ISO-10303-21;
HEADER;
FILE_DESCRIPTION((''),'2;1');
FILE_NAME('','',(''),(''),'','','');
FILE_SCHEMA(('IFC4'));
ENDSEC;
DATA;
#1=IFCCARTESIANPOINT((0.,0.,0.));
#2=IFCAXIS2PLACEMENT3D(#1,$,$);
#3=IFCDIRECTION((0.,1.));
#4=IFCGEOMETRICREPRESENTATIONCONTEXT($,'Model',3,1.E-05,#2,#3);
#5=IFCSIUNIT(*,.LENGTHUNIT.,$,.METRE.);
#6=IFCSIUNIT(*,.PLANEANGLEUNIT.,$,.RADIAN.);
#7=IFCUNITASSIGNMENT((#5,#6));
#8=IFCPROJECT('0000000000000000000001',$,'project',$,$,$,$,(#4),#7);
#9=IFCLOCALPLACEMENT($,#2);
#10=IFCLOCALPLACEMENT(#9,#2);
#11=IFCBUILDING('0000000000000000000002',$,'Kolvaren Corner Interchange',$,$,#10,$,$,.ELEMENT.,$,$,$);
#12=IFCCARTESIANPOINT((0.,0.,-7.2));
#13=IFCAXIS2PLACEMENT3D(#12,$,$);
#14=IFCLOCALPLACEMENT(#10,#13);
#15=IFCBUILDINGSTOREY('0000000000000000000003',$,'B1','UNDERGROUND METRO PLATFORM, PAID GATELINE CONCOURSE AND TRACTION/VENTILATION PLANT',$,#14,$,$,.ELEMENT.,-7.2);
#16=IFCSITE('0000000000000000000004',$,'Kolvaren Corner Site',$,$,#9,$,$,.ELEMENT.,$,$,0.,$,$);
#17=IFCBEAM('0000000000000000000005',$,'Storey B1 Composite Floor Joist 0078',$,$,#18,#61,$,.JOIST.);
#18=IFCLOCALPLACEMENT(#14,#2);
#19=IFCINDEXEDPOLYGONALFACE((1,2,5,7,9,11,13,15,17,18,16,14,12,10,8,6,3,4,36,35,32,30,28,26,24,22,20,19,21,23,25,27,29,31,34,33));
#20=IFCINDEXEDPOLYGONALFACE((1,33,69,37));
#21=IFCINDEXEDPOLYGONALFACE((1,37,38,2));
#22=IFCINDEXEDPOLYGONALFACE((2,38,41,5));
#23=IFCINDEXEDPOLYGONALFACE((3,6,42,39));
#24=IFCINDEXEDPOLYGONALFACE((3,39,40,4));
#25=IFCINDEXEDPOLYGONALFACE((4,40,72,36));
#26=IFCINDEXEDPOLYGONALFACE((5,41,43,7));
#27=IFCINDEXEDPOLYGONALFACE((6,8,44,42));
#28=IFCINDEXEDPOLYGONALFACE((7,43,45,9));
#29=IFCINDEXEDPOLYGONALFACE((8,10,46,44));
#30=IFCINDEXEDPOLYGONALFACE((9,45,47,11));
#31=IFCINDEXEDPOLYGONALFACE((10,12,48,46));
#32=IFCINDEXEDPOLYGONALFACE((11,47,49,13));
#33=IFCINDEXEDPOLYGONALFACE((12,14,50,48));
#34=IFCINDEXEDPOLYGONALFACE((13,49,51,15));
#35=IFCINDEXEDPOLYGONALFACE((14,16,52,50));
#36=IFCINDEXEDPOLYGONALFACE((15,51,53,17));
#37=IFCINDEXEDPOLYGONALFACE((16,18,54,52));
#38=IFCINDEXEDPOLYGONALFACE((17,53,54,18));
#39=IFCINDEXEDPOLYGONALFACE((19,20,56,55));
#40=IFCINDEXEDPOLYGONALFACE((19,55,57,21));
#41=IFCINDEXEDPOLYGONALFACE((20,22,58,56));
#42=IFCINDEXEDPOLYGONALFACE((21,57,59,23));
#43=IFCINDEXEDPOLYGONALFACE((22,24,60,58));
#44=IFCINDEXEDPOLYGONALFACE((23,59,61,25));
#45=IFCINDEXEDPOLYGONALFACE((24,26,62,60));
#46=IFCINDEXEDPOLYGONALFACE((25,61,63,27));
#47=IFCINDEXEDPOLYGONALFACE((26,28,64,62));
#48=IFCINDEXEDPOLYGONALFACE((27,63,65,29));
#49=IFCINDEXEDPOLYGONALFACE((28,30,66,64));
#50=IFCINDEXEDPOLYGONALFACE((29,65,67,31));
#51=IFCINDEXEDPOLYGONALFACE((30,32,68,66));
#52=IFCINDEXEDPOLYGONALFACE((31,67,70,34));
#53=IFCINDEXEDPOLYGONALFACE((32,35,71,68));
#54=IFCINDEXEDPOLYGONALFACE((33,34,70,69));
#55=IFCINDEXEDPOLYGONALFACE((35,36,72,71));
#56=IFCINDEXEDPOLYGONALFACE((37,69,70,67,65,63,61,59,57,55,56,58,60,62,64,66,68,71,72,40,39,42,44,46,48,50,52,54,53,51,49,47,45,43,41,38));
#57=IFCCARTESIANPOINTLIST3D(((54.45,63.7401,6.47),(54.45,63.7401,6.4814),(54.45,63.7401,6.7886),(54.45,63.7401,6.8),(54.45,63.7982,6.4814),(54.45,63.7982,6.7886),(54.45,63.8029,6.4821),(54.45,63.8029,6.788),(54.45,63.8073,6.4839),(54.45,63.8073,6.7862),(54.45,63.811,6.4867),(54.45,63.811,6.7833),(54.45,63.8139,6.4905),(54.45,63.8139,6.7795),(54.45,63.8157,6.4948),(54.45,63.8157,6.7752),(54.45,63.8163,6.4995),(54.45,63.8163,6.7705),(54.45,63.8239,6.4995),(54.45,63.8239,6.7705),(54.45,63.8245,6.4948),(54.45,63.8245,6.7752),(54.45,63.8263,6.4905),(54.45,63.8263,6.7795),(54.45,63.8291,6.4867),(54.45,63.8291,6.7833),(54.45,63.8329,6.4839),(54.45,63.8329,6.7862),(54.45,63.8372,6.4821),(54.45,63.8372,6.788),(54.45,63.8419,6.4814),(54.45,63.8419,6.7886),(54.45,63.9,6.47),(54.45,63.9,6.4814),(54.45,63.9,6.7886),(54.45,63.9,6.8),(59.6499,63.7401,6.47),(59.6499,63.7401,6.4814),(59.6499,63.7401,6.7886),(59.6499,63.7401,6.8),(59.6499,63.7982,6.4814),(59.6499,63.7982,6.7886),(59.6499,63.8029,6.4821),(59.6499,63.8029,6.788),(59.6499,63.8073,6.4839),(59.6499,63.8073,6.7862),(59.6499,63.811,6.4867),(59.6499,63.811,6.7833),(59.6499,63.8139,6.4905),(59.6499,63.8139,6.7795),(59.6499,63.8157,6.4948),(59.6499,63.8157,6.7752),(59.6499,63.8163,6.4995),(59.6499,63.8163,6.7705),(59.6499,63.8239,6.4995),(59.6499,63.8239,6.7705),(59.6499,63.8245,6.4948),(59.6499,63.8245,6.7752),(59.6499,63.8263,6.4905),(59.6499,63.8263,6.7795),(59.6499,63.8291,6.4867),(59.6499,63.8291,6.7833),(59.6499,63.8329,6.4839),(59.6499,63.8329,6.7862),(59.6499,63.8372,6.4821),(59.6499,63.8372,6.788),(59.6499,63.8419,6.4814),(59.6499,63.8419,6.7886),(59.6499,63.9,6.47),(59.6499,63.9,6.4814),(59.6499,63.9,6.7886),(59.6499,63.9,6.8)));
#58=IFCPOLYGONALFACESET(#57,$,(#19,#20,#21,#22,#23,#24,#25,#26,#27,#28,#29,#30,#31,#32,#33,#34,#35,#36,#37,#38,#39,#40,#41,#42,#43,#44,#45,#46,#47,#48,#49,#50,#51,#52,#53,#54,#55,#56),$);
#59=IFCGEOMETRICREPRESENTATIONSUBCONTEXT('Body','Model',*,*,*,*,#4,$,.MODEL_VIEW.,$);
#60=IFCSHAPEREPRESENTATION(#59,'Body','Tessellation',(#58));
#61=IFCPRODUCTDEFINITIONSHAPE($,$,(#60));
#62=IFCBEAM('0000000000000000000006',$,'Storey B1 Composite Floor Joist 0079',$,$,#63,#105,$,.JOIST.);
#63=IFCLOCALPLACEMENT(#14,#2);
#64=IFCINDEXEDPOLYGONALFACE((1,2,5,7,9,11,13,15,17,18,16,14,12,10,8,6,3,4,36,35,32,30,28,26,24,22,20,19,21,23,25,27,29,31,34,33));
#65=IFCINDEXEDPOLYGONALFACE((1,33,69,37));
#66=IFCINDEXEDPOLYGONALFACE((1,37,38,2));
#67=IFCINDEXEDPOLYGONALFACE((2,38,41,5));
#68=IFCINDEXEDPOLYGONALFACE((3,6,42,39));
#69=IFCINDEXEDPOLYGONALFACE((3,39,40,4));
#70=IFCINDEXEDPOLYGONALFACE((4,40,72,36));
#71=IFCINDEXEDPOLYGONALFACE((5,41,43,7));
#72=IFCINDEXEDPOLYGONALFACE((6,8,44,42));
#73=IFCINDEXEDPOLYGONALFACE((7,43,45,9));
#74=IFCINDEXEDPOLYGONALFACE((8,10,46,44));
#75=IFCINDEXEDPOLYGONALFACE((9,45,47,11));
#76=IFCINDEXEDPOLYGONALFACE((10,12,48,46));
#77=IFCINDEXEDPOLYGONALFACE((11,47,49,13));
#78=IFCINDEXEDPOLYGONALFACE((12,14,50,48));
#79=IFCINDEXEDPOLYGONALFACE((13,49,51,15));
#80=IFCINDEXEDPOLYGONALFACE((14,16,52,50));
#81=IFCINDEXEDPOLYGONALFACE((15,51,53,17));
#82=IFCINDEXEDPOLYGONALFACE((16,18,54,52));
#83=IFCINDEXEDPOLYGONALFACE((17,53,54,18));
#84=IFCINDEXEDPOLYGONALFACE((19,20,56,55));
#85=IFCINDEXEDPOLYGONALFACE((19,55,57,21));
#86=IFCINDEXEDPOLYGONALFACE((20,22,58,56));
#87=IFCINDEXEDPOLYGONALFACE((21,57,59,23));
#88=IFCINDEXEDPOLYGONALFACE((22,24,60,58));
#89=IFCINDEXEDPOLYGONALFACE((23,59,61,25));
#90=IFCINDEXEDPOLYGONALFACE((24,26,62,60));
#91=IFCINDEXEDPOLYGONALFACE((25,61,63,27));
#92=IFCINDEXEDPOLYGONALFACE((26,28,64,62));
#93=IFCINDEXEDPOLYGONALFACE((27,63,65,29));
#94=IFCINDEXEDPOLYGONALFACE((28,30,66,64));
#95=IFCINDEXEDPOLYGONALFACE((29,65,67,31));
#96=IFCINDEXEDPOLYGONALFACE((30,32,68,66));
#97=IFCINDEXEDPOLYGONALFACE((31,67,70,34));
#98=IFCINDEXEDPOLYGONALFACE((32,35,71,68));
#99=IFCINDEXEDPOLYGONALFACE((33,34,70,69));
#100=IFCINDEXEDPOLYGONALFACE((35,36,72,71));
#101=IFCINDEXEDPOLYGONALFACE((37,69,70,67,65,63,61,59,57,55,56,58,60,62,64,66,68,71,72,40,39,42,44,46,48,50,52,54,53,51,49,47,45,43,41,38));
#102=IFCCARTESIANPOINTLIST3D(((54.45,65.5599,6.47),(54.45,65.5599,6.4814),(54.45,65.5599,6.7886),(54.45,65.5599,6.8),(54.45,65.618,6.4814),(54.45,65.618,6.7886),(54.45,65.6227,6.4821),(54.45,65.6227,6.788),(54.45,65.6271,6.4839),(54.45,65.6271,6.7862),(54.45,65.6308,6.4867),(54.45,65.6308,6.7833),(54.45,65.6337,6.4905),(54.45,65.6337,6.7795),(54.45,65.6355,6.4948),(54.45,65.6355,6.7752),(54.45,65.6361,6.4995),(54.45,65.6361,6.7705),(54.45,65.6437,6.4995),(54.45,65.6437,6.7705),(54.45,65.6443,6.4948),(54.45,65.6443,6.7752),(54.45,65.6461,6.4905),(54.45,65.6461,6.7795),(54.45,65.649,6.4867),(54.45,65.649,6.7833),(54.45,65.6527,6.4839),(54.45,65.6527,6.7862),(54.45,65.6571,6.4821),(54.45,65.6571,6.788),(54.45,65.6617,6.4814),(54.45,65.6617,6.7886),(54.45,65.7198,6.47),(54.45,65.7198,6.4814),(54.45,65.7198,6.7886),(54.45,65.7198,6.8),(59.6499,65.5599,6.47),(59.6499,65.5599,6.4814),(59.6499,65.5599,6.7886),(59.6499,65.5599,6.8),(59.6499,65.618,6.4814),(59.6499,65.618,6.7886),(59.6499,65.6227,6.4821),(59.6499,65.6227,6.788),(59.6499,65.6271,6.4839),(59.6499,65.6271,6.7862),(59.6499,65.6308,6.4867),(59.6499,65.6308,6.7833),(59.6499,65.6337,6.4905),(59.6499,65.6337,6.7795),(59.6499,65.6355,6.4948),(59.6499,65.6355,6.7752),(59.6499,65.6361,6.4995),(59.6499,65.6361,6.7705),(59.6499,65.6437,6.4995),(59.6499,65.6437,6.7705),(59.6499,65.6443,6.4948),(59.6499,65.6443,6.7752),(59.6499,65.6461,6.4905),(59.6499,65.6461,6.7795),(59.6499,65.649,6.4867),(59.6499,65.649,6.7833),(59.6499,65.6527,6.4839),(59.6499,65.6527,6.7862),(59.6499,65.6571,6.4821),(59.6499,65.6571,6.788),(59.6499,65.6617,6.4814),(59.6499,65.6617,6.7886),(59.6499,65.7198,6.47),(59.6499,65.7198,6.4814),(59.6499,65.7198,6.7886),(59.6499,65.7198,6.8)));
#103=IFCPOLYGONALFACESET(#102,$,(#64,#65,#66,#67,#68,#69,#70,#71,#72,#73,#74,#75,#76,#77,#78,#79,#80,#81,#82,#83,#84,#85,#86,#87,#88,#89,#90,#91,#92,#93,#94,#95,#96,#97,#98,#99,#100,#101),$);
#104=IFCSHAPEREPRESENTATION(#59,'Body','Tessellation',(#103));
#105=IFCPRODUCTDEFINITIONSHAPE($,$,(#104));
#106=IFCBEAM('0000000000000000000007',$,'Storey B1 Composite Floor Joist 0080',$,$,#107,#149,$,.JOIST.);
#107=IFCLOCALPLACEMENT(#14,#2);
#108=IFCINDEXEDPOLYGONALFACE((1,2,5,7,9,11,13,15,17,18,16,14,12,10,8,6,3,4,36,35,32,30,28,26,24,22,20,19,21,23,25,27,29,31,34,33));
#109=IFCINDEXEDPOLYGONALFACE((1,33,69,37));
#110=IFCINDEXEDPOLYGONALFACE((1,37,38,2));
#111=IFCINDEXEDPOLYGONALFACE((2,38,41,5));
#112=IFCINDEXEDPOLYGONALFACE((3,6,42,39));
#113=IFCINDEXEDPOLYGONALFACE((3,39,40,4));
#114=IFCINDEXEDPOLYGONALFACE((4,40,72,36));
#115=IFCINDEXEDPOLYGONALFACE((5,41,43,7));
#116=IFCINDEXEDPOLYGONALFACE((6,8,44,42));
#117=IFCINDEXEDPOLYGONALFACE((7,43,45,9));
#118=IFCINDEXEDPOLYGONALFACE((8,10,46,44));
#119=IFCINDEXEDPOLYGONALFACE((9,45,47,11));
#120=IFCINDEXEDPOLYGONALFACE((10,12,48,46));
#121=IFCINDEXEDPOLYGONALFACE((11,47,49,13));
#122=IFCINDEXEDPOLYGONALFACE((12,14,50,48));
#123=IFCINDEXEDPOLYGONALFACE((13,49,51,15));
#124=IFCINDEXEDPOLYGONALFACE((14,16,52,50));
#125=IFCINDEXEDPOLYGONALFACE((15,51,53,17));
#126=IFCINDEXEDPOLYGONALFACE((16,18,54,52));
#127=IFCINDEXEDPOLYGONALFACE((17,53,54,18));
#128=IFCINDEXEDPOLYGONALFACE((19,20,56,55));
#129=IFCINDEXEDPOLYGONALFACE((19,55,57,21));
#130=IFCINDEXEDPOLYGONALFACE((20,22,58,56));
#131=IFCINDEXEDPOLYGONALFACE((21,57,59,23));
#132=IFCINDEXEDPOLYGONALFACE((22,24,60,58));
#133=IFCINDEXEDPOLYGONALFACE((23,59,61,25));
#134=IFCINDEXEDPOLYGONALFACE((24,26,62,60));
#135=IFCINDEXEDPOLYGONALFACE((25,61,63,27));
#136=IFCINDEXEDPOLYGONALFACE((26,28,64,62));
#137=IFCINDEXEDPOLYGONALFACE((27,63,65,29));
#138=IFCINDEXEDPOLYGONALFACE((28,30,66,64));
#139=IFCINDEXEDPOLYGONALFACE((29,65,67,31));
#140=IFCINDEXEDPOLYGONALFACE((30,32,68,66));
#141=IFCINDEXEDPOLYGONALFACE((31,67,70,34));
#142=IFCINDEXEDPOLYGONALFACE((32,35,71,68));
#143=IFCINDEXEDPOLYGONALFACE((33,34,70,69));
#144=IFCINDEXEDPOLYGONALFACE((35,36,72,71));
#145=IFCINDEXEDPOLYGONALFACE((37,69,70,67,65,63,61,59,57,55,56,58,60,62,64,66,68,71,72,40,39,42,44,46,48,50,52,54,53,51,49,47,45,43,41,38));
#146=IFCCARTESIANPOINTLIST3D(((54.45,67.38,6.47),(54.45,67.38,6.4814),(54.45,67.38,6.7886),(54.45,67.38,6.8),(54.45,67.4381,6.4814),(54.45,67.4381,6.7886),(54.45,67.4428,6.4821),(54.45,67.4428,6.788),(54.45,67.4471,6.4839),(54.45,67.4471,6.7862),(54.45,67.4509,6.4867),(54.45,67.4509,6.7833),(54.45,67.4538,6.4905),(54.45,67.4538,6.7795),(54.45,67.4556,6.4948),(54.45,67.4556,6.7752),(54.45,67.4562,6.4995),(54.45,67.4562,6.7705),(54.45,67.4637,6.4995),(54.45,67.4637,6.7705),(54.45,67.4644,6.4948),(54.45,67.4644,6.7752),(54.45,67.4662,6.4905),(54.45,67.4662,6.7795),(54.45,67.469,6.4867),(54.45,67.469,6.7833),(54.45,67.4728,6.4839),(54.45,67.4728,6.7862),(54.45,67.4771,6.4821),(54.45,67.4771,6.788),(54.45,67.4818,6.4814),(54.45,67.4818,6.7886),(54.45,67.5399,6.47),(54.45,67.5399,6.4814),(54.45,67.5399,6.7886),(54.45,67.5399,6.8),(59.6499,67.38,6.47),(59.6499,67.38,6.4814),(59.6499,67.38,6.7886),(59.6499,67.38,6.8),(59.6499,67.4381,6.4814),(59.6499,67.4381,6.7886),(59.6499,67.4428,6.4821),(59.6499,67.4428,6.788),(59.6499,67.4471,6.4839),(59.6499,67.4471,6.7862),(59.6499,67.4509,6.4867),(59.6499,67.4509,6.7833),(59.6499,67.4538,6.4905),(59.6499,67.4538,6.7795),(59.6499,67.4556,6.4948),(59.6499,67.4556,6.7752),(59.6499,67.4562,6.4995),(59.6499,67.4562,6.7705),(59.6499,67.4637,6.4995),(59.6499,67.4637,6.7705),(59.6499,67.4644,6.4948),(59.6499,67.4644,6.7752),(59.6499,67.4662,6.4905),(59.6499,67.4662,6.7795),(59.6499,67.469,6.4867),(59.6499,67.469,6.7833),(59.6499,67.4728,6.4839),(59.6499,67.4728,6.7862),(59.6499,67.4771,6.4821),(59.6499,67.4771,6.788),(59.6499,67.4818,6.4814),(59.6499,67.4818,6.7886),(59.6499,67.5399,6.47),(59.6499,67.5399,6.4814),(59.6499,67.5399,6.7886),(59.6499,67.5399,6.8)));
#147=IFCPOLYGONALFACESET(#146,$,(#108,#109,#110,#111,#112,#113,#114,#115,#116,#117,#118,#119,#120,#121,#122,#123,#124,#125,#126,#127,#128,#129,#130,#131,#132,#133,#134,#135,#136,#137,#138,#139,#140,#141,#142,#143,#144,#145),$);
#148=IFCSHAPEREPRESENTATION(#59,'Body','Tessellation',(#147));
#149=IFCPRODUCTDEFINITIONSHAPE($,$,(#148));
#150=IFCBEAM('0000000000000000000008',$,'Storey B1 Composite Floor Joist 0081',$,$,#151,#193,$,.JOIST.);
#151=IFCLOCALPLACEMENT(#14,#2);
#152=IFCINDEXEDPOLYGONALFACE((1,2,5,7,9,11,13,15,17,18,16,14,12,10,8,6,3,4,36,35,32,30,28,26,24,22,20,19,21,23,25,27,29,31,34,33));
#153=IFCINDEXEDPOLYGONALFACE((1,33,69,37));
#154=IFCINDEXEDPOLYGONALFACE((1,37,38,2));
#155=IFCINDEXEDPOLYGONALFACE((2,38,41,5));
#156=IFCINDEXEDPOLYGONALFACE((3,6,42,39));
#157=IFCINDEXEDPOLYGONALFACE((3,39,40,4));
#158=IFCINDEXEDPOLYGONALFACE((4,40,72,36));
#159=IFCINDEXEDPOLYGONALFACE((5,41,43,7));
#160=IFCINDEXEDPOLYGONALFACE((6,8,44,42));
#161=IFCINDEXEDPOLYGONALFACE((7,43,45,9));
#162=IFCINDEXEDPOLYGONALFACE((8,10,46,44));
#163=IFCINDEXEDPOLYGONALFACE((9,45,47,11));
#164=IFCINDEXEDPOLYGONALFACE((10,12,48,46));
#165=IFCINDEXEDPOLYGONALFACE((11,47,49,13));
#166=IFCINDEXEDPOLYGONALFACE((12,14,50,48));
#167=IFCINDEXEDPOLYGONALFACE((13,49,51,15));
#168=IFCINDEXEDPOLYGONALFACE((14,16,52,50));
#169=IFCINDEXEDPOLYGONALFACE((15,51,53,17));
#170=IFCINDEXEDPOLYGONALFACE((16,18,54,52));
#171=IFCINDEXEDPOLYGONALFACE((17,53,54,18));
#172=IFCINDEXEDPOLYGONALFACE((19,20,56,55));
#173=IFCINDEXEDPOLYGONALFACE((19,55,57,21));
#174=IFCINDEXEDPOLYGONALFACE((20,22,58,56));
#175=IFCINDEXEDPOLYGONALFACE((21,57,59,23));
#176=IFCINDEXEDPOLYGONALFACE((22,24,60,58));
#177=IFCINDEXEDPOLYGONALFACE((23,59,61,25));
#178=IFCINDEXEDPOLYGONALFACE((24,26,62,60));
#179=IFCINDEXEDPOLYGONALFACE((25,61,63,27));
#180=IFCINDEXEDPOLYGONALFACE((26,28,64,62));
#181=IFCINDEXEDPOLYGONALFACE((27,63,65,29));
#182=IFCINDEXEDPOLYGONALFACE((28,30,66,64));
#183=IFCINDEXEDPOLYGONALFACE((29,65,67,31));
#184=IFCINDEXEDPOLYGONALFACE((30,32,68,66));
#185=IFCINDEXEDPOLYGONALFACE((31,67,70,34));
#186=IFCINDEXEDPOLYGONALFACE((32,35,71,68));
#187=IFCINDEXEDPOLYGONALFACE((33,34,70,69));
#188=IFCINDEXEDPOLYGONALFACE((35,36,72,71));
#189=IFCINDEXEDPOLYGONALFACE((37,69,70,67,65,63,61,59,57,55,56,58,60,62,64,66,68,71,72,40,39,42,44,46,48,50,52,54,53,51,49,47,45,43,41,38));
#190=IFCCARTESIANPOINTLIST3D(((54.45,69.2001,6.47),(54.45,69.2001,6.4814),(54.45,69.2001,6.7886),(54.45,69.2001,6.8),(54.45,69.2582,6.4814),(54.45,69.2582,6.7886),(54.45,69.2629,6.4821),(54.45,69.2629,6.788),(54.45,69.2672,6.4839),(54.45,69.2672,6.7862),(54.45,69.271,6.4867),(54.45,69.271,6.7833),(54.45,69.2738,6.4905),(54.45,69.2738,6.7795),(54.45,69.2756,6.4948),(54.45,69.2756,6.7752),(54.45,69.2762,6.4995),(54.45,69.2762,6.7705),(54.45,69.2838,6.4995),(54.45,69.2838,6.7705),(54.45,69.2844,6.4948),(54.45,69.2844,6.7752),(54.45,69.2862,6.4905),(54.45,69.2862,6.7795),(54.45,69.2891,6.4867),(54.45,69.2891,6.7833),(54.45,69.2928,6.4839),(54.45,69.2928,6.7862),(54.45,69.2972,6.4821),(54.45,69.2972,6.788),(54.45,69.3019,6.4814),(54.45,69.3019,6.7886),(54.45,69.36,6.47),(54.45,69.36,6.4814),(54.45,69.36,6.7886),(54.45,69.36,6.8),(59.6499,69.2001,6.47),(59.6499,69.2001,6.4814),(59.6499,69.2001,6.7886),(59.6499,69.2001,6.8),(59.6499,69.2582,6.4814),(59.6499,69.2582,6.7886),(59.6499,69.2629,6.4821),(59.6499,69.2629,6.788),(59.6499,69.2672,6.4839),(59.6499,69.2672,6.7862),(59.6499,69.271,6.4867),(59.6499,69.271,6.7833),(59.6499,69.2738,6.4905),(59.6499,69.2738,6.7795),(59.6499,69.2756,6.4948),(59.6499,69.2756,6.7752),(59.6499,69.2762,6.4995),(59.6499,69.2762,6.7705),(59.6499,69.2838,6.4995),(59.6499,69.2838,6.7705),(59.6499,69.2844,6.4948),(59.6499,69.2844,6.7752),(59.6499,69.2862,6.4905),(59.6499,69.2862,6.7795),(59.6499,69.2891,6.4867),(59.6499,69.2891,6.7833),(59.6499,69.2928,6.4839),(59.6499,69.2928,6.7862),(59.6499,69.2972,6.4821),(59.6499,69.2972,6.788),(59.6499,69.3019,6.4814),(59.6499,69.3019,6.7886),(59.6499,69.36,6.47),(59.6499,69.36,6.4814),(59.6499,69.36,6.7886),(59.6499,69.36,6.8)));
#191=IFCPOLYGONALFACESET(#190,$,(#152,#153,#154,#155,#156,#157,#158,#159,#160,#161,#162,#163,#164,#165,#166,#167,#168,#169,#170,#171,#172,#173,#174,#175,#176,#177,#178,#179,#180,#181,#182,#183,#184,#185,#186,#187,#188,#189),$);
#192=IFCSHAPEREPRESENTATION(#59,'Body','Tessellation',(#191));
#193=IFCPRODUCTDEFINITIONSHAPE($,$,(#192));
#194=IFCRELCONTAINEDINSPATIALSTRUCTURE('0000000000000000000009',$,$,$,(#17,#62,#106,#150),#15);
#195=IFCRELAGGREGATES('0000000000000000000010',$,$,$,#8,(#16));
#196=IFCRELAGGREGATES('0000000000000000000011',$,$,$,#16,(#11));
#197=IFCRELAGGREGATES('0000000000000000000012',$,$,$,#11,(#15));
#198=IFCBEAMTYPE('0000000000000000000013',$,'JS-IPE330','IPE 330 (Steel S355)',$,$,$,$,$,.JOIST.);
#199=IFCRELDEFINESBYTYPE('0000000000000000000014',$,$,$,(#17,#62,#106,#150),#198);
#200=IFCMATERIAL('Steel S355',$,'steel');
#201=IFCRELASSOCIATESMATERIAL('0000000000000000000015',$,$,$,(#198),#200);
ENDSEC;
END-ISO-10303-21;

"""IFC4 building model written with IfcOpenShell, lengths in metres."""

from ifc_helpers import new_model, si_unit, direction, frame, origin, origin_2d, place, context, subcontext, project, spatial, i_section, extrude, material, material_profile, profile_set, type_object, element, save


model = new_model("IFC4")

# Units and contexts
model_context = context("Model", 3, precision=1e-05, world=origin(), true_north=direction((0.0, 1.0)))
body_context = subcontext(model_context, "Body", "Model", "MODEL_VIEW")
ifc_project = project(units=[si_unit("LENGTHUNIT", "METRE"), si_unit("PLANEANGLEUNIT", "RADIAN")], contexts=[model_context])

# Site, building, storey
site_placement = place(None, origin())
site = spatial("IfcSite", under=ifc_project, at=site_placement, Name="Kolvaren Corner Site", CompositionType="ELEMENT", RefElevation=0.0)
building_placement = place(site_placement, origin())
building = spatial("IfcBuilding", under=site, at=building_placement, Name="Kolvaren Corner Interchange", CompositionType="ELEMENT")
storey_placement = place(building_placement, frame((0.0, 0.0, -7.2)))
storey = spatial("IfcBuildingStorey", under=building, at=storey_placement, Name="B1", Description="UNDERGROUND METRO PLATFORM, PAID GATELINE CONCOURSE AND TRACTION/VENTILATION PLANT", CompositionType="ELEMENT", Elevation=-7.2)

# Beams
ifc_material_1 = material(Name="Steel S355", Category="steel")
ifc_material_profile_1 = material_profile(ifc_material_1, i_section(OverallWidth=0.1599, OverallDepth=0.3301, WebThickness=0.0076, FlangeThickness=0.0115, FilletRadius=0.0181, at=origin_2d()), Name="IPE 330")
ifc_profile_set_1 = profile_set([ifc_material_profile_1], Name="Steel S355")
beam_type_1 = type_object("IfcBeamType", Name="JS-IPE330", Description="IPE 330 (Steel S355)", PredefinedType="JOIST", material=ifc_profile_set_1)
for number, where, z_axis, x_axis, name in (
    (1, (54.45, 63.8201, 6.635), (1.0, 0.0, 0.0), (0.0, 1.0, 0.0), "Storey B1 Composite Floor Joist 0078"),
    (2, (54.45, 65.6399, 6.635), (1.0, 0.0, 0.0), (0.0, 1.0, 0.0), "Storey B1 Composite Floor Joist 0079"),
    (3, (54.45, 67.46, 6.635), (1.0, 0.0, 0.0), (0.0, 1.0, 0.0), "Storey B1 Composite Floor Joist 0080"),
    (4, (54.45, 69.28, 6.635), (1.0, 0.0, 0.0), (0.0, 1.0, 0.0), "Storey B1 Composite Floor Joist 0081"),
):
    element("IfcBeam", number, at=place(storey_placement, frame(where, z_axis=z_axis, x_axis=x_axis)), inside=storey, type_object=beam_type_1, Name=name, PredefinedType="JOIST", context=body_context, shape_type="SweptSolid", body=[
        extrude(i_section(OverallWidth=0.1599, OverallDepth=0.3301, WebThickness=0.0076, FlangeThickness=0.0115, FilletRadius=0.0181, at=origin_2d()), origin(), (0.0, 0.0, 1.0), 5.2),
    ])

save(model, "model.ifc")
